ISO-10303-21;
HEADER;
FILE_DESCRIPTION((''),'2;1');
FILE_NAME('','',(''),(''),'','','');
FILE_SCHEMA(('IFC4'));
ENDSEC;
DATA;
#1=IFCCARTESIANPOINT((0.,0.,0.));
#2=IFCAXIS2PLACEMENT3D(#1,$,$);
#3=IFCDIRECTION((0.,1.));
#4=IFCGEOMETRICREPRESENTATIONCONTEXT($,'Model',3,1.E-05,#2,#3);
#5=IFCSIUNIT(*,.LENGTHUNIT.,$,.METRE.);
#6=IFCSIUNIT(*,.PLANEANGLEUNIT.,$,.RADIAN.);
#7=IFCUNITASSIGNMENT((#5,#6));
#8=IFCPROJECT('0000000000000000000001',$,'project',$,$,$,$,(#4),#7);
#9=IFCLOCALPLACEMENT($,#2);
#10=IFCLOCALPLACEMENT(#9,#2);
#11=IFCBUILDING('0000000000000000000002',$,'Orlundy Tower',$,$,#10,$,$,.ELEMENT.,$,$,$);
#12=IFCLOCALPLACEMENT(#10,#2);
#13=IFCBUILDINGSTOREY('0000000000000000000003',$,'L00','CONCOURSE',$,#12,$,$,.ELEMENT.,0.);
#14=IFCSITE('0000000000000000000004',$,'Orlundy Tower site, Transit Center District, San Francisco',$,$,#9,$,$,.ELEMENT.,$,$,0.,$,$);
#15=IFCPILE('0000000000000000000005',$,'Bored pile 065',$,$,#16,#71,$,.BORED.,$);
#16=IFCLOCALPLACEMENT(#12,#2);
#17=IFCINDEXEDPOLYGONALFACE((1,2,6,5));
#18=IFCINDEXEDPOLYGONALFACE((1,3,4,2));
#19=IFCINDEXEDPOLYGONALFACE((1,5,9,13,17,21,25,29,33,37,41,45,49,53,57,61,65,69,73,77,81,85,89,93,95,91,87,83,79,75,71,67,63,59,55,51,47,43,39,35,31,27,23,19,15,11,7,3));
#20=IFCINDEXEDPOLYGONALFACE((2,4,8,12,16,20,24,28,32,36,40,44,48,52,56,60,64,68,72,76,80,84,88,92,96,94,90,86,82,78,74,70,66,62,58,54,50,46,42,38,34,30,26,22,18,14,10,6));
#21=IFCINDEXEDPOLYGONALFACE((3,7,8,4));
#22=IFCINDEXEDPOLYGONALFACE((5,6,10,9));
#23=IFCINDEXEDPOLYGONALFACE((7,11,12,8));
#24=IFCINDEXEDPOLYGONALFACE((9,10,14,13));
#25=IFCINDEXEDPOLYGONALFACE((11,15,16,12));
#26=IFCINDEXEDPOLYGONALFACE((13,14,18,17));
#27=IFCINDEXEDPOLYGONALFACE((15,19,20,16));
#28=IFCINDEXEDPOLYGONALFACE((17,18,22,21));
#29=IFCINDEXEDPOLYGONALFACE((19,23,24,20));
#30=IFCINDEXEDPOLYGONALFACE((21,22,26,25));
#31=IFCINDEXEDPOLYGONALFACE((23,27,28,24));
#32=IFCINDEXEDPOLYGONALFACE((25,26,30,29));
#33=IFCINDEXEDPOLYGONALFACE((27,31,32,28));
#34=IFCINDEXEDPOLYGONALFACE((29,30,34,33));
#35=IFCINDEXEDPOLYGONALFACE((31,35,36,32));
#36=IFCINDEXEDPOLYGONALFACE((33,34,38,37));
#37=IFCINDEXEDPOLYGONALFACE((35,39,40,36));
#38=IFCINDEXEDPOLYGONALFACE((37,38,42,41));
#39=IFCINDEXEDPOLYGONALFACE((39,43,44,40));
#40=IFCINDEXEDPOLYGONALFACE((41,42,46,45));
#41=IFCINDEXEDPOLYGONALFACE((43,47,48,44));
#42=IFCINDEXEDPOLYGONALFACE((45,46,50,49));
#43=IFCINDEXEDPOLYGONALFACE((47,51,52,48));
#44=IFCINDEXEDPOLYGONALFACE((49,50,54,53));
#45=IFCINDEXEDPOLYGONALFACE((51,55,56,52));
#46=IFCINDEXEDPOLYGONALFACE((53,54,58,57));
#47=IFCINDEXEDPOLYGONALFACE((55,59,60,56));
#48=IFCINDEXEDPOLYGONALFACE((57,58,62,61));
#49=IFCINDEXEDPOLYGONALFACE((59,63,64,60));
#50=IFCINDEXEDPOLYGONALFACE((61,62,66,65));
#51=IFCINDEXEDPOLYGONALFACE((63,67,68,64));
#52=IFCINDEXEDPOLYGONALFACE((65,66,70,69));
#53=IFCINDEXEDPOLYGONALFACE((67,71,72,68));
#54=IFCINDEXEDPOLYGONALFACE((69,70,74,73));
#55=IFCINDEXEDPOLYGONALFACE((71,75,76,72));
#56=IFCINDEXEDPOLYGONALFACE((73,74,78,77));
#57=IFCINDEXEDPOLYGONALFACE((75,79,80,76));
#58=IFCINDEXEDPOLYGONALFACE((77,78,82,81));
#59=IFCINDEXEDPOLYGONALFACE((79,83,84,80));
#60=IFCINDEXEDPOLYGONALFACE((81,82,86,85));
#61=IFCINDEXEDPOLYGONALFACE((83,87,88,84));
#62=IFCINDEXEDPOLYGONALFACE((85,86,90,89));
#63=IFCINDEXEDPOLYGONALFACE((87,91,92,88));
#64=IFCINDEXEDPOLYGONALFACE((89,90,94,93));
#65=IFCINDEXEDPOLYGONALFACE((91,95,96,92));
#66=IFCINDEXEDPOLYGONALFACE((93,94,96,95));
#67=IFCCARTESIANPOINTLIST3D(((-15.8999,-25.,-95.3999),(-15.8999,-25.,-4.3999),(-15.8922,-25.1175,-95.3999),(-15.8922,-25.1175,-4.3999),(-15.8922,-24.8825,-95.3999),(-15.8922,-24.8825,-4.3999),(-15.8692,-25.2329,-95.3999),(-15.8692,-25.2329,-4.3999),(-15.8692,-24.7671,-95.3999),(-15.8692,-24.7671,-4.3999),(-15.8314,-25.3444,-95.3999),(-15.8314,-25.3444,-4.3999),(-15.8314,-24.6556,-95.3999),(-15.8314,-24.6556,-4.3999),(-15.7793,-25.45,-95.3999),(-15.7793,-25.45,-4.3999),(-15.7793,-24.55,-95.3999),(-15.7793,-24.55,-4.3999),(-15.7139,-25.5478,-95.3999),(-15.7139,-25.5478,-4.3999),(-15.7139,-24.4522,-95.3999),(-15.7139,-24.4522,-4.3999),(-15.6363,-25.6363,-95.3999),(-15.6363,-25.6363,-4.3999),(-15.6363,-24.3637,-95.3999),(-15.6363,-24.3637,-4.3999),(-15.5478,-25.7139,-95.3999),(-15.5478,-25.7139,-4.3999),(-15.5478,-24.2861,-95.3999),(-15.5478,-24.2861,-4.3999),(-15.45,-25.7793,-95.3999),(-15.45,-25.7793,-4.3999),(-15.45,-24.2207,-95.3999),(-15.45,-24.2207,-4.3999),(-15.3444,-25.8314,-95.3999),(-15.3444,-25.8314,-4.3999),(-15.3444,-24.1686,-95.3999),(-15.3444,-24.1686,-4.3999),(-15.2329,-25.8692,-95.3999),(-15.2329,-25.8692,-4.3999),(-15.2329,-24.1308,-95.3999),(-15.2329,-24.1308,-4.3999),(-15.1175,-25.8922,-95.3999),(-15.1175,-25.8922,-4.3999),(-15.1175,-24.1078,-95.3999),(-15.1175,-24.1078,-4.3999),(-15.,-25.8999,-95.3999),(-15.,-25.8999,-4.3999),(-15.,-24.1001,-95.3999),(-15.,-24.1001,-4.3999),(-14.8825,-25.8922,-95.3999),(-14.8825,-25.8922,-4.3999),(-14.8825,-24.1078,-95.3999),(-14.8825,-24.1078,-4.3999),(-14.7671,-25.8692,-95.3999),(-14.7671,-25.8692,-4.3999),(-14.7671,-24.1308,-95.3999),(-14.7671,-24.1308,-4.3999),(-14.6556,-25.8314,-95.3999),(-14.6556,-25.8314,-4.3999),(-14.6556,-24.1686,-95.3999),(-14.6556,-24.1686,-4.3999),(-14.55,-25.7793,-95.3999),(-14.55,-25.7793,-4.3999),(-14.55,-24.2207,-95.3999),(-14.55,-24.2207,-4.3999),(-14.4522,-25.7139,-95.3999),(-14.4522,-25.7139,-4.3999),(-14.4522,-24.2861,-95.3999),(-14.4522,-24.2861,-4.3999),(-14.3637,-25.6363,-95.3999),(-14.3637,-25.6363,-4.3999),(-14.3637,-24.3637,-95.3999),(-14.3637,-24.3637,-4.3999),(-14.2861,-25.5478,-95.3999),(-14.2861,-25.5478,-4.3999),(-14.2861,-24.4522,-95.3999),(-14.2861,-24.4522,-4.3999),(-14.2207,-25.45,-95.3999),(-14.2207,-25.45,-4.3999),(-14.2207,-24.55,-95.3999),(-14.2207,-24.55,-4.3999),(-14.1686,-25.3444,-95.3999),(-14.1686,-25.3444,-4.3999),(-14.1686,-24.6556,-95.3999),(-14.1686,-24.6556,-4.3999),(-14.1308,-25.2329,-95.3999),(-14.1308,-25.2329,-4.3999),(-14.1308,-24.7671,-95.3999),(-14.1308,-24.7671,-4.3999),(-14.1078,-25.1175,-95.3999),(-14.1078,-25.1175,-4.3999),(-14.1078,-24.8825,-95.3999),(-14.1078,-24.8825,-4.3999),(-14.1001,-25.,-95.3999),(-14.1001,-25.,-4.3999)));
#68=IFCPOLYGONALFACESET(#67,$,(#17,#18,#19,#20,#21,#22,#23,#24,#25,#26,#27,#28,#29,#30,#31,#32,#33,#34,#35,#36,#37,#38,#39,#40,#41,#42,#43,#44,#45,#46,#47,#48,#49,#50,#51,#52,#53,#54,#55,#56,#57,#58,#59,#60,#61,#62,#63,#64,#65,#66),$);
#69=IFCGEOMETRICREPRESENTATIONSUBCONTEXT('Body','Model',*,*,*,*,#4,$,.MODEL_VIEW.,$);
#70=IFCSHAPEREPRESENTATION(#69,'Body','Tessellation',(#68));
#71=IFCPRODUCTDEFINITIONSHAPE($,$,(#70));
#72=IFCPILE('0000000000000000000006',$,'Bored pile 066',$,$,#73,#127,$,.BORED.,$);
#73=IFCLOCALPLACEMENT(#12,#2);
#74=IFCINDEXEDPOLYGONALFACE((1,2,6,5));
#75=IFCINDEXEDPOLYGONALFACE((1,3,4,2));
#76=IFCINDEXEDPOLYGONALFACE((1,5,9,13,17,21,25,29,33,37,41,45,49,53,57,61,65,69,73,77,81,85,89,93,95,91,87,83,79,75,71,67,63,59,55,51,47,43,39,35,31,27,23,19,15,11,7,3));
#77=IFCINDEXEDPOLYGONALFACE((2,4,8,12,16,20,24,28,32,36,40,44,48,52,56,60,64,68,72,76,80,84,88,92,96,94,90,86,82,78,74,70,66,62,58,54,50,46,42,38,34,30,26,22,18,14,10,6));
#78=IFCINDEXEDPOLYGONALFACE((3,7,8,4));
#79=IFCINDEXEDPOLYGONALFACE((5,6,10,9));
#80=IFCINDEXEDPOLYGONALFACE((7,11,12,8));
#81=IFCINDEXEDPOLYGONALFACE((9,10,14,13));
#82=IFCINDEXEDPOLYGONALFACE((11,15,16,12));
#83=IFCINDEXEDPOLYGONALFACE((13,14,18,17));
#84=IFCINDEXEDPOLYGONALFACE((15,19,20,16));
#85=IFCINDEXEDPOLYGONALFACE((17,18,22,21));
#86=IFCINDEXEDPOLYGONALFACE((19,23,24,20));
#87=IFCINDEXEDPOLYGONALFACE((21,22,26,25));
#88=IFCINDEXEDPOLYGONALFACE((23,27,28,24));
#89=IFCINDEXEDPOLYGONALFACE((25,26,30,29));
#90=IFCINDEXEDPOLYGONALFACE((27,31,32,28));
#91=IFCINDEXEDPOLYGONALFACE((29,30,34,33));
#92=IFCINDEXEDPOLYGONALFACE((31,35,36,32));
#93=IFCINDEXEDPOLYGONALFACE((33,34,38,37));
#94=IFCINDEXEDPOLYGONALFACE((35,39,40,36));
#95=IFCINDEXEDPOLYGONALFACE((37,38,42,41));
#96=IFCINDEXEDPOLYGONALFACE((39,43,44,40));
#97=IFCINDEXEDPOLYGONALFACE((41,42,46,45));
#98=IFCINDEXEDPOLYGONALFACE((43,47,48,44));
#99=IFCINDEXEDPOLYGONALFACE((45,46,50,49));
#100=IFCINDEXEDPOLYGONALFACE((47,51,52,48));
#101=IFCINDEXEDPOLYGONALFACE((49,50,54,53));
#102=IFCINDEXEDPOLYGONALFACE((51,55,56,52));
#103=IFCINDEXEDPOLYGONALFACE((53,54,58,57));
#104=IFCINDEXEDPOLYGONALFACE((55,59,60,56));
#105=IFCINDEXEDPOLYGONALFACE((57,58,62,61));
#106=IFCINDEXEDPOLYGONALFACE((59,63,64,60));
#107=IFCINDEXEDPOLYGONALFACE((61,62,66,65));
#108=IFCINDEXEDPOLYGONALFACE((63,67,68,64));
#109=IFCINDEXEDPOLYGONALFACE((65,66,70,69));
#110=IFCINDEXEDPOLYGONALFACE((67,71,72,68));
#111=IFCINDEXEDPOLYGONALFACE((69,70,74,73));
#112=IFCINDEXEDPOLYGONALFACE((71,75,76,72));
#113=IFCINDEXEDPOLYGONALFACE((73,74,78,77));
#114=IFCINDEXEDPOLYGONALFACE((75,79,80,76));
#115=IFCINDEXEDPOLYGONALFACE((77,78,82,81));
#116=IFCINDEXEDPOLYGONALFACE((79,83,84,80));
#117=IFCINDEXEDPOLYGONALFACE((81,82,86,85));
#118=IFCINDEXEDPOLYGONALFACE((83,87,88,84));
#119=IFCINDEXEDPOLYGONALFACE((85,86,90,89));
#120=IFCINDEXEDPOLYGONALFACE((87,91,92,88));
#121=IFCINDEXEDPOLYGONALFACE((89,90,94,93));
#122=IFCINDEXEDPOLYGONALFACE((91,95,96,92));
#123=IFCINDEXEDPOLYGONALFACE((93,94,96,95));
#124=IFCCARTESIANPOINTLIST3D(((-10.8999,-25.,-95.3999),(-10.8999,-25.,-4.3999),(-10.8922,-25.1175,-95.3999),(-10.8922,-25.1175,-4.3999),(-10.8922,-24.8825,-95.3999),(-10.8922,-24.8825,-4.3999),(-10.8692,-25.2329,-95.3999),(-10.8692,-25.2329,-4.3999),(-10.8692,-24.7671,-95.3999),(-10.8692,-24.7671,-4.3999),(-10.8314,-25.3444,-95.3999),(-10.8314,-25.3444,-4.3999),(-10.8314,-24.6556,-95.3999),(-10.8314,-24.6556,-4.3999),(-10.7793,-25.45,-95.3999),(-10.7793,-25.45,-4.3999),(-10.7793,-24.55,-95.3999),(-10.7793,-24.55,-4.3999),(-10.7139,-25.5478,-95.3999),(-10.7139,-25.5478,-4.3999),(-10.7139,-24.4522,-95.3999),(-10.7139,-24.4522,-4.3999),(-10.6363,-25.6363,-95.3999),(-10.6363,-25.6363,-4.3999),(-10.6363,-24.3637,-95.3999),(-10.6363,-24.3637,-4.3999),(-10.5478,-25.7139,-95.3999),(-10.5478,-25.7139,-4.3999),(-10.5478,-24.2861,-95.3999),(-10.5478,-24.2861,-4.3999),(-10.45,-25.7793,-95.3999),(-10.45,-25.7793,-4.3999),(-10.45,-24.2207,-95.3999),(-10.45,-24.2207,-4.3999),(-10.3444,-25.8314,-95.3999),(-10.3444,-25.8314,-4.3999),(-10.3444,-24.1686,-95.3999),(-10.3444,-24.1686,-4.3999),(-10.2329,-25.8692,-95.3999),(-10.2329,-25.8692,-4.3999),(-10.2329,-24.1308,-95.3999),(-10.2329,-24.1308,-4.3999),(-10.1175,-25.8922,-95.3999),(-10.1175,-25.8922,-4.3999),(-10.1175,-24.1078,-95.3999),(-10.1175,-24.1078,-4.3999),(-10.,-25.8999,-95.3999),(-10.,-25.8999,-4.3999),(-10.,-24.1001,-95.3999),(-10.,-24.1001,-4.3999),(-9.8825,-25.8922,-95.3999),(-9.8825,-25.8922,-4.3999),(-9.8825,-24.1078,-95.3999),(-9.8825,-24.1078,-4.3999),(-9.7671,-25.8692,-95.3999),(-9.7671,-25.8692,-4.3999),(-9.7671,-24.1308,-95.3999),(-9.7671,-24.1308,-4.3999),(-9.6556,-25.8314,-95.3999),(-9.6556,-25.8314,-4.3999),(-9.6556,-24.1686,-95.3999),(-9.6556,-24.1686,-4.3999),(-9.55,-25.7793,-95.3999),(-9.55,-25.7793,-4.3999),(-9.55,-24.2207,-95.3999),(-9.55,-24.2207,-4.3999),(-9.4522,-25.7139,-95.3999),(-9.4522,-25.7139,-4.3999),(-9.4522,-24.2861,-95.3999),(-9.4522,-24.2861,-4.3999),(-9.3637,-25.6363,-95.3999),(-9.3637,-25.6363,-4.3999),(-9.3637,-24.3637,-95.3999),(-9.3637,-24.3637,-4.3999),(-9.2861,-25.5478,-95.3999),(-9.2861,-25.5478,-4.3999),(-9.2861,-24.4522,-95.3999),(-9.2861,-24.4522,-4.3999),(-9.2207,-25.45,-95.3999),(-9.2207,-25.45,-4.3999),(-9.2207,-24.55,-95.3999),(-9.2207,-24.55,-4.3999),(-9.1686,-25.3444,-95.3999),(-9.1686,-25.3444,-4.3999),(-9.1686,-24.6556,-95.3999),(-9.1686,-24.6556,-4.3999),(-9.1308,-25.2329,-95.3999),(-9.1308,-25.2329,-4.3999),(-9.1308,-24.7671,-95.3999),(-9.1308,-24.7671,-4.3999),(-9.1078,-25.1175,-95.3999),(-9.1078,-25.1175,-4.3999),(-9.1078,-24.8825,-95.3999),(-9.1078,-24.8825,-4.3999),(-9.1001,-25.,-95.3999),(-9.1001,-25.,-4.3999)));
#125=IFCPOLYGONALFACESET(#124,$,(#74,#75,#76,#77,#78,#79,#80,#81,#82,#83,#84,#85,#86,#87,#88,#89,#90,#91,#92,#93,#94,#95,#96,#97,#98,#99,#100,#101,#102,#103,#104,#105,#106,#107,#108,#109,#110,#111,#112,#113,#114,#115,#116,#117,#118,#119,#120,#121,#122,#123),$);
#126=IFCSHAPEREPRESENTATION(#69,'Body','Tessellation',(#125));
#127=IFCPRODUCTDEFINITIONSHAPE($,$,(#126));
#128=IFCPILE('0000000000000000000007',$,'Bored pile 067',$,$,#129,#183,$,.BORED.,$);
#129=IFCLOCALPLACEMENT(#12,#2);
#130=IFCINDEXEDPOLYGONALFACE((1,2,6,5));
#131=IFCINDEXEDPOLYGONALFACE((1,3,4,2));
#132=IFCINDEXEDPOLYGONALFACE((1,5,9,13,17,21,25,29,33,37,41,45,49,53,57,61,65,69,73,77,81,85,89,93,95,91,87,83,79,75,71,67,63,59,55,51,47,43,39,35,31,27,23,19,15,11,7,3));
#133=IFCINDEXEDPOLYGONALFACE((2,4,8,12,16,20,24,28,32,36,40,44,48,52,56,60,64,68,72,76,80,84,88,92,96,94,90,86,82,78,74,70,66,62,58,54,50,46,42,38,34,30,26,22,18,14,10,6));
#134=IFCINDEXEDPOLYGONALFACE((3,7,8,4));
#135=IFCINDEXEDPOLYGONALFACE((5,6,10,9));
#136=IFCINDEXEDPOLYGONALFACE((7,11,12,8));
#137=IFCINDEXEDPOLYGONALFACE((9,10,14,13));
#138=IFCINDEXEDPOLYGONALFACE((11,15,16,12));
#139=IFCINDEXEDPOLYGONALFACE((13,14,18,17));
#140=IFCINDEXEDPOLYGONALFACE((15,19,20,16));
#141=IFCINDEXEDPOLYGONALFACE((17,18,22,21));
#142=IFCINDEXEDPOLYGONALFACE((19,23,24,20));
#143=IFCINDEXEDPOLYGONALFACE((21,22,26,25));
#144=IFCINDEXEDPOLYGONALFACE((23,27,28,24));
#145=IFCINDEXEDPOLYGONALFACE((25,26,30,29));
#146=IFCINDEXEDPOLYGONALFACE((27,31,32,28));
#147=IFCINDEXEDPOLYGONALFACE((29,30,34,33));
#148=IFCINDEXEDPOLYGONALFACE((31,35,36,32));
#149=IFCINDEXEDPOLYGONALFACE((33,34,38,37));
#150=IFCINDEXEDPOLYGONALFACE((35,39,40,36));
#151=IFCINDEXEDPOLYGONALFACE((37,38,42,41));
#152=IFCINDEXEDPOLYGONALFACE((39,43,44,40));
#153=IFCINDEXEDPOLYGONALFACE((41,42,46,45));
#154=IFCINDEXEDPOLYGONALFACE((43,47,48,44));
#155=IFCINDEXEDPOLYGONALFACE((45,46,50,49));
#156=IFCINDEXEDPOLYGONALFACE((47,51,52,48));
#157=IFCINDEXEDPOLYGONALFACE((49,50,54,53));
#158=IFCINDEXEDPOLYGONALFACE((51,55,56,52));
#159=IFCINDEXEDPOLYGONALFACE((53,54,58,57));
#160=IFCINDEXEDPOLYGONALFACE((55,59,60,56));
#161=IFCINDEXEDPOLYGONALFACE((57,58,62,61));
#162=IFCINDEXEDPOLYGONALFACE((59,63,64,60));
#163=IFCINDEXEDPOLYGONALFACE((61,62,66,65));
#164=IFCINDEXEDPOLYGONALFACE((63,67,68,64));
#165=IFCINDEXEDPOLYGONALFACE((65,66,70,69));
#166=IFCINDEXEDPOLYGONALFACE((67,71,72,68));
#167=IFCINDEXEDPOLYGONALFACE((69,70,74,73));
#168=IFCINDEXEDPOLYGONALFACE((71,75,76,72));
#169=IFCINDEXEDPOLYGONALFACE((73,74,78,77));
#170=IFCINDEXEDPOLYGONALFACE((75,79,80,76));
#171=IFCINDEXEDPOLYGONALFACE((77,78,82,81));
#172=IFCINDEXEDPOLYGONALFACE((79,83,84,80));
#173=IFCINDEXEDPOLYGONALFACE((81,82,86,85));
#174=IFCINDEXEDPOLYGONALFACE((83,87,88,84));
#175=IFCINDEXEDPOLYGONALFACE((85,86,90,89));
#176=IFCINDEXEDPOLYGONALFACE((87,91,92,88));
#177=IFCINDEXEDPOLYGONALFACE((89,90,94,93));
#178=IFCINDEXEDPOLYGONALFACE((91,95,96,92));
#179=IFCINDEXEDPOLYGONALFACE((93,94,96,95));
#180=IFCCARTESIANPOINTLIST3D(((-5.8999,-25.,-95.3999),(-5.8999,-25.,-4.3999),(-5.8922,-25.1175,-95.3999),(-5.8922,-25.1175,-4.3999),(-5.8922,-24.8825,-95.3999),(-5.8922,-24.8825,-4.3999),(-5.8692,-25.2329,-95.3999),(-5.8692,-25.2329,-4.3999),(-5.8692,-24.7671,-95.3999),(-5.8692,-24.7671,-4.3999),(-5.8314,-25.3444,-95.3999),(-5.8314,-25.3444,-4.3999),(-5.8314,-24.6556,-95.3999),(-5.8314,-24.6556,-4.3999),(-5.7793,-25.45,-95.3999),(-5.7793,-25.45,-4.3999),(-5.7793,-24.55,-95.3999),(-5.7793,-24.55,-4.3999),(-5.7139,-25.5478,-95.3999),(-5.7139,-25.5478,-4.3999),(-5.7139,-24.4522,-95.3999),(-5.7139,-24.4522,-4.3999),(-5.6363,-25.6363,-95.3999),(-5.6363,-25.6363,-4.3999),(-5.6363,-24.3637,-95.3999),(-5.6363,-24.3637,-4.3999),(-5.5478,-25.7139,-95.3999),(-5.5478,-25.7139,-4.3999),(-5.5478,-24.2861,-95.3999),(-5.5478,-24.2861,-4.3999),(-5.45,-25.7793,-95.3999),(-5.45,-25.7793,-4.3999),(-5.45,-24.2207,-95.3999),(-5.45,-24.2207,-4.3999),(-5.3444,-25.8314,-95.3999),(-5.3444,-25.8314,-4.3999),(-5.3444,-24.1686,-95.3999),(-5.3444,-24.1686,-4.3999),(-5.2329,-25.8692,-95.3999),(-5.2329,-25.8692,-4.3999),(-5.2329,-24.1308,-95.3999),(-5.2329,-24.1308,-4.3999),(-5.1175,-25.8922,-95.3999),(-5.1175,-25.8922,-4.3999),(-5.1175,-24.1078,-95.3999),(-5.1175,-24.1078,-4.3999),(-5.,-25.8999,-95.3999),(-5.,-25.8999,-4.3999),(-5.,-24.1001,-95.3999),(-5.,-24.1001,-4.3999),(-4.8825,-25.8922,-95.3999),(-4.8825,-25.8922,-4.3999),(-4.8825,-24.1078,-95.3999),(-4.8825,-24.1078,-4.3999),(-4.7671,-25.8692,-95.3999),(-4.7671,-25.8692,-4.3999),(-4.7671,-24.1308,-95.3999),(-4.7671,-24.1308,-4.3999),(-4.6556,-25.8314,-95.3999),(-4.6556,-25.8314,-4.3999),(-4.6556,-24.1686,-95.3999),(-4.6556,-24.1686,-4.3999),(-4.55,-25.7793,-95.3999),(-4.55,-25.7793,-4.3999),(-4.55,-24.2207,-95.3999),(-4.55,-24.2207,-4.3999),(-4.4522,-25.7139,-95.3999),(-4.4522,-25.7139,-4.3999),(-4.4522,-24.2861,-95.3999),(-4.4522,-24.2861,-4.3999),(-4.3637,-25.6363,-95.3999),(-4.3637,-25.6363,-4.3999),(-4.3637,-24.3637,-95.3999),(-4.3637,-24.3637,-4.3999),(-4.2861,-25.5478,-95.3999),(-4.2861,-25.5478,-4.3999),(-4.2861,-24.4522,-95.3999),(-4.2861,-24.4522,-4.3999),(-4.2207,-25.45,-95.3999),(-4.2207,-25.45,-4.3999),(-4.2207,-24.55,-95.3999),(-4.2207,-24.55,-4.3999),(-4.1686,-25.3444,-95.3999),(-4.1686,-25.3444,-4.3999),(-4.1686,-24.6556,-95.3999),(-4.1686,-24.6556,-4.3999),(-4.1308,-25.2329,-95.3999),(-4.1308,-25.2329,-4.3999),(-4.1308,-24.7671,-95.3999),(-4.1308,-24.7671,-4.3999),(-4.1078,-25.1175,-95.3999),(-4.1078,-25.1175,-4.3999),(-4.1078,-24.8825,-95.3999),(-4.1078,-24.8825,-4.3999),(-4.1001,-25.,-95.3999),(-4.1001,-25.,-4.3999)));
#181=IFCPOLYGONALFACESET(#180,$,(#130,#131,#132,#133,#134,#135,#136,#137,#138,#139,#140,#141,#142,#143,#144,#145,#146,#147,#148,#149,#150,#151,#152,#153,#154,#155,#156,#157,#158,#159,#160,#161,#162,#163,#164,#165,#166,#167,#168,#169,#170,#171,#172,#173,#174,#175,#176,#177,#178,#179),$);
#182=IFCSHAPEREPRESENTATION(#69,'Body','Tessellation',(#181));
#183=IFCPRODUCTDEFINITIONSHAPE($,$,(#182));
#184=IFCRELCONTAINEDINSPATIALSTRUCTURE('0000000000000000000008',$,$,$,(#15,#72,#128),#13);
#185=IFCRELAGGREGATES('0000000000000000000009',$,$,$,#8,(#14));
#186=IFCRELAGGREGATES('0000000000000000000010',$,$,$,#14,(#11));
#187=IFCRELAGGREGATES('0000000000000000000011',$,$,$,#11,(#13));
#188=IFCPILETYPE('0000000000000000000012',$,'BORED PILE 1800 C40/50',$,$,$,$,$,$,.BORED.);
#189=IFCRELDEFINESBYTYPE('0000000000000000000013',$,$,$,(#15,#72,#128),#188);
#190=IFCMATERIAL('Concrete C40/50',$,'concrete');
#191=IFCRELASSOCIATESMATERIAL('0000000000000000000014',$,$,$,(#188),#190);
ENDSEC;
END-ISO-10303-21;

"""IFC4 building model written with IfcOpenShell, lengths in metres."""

from ifc_helpers import new_model, si_unit, direction, frame, origin, origin_2d, place, context, subcontext, project, spatial, circle, extrude, material, material_profile, profile_set, type_object, element, save


model = new_model("IFC4")

# Units and contexts
model_context = context("Model", 3, precision=1e-05, world=origin(), true_north=direction((0.0, 1.0)))
body_context = subcontext(model_context, "Body", "Model", "MODEL_VIEW")
ifc_project = project(units=[si_unit("LENGTHUNIT", "METRE"), si_unit("PLANEANGLEUNIT", "RADIAN")], contexts=[model_context])

# Site, building, storey
site_placement = place(None, origin())
site = spatial("IfcSite", under=ifc_project, at=site_placement, Name="Orlundy Tower site, Transit Center District, San Francisco", CompositionType="ELEMENT", RefElevation=0.0)
building_placement = place(site_placement, origin())
building = spatial("IfcBuilding", under=site, at=building_placement, Name="Orlundy Tower", CompositionType="ELEMENT")
storey_placement = place(building_placement, origin())
storey = spatial("IfcBuildingStorey", under=building, at=storey_placement, Name="L00", Description="CONCOURSE", CompositionType="ELEMENT", Elevation=0.0)

# Piles
ifc_material_1 = material(Name="Concrete C40/50", Category="concrete")
ifc_material_profile_1 = material_profile(ifc_material_1, circle(Radius=0.8999, at=origin_2d()), Name="BP1800")
ifc_profile_set_1 = profile_set([ifc_material_profile_1], Name="Concrete C40/50")
pile_type = type_object("IfcPileType", Name="BORED PILE 1800 C40/50", PredefinedType="BORED", material=ifc_profile_set_1)
for number, where, z_axis, x_axis, name in (
    (1, (-15.0, -25.0, -4.3999), (0.0, 0.0, -1.0), (1.0, 0.0, 0.0), "Bored pile 065"),
    (2, (-10.0, -25.0, -4.3999), (0.0, 0.0, -1.0), (1.0, 0.0, 0.0), "Bored pile 066"),
    (3, (-5.0, -25.0, -4.3999), (0.0, 0.0, -1.0), (1.0, 0.0, 0.0), "Bored pile 067"),
):
    element("IfcPile", number, at=place(storey_placement, frame(where, z_axis=z_axis, x_axis=x_axis)), inside=storey, type_object=pile_type, Name=name, PredefinedType="BORED", context=body_context, shape_type="SweptSolid", body=[
        extrude(circle(Radius=0.8999, at=origin_2d()), origin(), (0.0, 0.0, 1.0), 91.0),
    ])

save(model, "model.ifc")
